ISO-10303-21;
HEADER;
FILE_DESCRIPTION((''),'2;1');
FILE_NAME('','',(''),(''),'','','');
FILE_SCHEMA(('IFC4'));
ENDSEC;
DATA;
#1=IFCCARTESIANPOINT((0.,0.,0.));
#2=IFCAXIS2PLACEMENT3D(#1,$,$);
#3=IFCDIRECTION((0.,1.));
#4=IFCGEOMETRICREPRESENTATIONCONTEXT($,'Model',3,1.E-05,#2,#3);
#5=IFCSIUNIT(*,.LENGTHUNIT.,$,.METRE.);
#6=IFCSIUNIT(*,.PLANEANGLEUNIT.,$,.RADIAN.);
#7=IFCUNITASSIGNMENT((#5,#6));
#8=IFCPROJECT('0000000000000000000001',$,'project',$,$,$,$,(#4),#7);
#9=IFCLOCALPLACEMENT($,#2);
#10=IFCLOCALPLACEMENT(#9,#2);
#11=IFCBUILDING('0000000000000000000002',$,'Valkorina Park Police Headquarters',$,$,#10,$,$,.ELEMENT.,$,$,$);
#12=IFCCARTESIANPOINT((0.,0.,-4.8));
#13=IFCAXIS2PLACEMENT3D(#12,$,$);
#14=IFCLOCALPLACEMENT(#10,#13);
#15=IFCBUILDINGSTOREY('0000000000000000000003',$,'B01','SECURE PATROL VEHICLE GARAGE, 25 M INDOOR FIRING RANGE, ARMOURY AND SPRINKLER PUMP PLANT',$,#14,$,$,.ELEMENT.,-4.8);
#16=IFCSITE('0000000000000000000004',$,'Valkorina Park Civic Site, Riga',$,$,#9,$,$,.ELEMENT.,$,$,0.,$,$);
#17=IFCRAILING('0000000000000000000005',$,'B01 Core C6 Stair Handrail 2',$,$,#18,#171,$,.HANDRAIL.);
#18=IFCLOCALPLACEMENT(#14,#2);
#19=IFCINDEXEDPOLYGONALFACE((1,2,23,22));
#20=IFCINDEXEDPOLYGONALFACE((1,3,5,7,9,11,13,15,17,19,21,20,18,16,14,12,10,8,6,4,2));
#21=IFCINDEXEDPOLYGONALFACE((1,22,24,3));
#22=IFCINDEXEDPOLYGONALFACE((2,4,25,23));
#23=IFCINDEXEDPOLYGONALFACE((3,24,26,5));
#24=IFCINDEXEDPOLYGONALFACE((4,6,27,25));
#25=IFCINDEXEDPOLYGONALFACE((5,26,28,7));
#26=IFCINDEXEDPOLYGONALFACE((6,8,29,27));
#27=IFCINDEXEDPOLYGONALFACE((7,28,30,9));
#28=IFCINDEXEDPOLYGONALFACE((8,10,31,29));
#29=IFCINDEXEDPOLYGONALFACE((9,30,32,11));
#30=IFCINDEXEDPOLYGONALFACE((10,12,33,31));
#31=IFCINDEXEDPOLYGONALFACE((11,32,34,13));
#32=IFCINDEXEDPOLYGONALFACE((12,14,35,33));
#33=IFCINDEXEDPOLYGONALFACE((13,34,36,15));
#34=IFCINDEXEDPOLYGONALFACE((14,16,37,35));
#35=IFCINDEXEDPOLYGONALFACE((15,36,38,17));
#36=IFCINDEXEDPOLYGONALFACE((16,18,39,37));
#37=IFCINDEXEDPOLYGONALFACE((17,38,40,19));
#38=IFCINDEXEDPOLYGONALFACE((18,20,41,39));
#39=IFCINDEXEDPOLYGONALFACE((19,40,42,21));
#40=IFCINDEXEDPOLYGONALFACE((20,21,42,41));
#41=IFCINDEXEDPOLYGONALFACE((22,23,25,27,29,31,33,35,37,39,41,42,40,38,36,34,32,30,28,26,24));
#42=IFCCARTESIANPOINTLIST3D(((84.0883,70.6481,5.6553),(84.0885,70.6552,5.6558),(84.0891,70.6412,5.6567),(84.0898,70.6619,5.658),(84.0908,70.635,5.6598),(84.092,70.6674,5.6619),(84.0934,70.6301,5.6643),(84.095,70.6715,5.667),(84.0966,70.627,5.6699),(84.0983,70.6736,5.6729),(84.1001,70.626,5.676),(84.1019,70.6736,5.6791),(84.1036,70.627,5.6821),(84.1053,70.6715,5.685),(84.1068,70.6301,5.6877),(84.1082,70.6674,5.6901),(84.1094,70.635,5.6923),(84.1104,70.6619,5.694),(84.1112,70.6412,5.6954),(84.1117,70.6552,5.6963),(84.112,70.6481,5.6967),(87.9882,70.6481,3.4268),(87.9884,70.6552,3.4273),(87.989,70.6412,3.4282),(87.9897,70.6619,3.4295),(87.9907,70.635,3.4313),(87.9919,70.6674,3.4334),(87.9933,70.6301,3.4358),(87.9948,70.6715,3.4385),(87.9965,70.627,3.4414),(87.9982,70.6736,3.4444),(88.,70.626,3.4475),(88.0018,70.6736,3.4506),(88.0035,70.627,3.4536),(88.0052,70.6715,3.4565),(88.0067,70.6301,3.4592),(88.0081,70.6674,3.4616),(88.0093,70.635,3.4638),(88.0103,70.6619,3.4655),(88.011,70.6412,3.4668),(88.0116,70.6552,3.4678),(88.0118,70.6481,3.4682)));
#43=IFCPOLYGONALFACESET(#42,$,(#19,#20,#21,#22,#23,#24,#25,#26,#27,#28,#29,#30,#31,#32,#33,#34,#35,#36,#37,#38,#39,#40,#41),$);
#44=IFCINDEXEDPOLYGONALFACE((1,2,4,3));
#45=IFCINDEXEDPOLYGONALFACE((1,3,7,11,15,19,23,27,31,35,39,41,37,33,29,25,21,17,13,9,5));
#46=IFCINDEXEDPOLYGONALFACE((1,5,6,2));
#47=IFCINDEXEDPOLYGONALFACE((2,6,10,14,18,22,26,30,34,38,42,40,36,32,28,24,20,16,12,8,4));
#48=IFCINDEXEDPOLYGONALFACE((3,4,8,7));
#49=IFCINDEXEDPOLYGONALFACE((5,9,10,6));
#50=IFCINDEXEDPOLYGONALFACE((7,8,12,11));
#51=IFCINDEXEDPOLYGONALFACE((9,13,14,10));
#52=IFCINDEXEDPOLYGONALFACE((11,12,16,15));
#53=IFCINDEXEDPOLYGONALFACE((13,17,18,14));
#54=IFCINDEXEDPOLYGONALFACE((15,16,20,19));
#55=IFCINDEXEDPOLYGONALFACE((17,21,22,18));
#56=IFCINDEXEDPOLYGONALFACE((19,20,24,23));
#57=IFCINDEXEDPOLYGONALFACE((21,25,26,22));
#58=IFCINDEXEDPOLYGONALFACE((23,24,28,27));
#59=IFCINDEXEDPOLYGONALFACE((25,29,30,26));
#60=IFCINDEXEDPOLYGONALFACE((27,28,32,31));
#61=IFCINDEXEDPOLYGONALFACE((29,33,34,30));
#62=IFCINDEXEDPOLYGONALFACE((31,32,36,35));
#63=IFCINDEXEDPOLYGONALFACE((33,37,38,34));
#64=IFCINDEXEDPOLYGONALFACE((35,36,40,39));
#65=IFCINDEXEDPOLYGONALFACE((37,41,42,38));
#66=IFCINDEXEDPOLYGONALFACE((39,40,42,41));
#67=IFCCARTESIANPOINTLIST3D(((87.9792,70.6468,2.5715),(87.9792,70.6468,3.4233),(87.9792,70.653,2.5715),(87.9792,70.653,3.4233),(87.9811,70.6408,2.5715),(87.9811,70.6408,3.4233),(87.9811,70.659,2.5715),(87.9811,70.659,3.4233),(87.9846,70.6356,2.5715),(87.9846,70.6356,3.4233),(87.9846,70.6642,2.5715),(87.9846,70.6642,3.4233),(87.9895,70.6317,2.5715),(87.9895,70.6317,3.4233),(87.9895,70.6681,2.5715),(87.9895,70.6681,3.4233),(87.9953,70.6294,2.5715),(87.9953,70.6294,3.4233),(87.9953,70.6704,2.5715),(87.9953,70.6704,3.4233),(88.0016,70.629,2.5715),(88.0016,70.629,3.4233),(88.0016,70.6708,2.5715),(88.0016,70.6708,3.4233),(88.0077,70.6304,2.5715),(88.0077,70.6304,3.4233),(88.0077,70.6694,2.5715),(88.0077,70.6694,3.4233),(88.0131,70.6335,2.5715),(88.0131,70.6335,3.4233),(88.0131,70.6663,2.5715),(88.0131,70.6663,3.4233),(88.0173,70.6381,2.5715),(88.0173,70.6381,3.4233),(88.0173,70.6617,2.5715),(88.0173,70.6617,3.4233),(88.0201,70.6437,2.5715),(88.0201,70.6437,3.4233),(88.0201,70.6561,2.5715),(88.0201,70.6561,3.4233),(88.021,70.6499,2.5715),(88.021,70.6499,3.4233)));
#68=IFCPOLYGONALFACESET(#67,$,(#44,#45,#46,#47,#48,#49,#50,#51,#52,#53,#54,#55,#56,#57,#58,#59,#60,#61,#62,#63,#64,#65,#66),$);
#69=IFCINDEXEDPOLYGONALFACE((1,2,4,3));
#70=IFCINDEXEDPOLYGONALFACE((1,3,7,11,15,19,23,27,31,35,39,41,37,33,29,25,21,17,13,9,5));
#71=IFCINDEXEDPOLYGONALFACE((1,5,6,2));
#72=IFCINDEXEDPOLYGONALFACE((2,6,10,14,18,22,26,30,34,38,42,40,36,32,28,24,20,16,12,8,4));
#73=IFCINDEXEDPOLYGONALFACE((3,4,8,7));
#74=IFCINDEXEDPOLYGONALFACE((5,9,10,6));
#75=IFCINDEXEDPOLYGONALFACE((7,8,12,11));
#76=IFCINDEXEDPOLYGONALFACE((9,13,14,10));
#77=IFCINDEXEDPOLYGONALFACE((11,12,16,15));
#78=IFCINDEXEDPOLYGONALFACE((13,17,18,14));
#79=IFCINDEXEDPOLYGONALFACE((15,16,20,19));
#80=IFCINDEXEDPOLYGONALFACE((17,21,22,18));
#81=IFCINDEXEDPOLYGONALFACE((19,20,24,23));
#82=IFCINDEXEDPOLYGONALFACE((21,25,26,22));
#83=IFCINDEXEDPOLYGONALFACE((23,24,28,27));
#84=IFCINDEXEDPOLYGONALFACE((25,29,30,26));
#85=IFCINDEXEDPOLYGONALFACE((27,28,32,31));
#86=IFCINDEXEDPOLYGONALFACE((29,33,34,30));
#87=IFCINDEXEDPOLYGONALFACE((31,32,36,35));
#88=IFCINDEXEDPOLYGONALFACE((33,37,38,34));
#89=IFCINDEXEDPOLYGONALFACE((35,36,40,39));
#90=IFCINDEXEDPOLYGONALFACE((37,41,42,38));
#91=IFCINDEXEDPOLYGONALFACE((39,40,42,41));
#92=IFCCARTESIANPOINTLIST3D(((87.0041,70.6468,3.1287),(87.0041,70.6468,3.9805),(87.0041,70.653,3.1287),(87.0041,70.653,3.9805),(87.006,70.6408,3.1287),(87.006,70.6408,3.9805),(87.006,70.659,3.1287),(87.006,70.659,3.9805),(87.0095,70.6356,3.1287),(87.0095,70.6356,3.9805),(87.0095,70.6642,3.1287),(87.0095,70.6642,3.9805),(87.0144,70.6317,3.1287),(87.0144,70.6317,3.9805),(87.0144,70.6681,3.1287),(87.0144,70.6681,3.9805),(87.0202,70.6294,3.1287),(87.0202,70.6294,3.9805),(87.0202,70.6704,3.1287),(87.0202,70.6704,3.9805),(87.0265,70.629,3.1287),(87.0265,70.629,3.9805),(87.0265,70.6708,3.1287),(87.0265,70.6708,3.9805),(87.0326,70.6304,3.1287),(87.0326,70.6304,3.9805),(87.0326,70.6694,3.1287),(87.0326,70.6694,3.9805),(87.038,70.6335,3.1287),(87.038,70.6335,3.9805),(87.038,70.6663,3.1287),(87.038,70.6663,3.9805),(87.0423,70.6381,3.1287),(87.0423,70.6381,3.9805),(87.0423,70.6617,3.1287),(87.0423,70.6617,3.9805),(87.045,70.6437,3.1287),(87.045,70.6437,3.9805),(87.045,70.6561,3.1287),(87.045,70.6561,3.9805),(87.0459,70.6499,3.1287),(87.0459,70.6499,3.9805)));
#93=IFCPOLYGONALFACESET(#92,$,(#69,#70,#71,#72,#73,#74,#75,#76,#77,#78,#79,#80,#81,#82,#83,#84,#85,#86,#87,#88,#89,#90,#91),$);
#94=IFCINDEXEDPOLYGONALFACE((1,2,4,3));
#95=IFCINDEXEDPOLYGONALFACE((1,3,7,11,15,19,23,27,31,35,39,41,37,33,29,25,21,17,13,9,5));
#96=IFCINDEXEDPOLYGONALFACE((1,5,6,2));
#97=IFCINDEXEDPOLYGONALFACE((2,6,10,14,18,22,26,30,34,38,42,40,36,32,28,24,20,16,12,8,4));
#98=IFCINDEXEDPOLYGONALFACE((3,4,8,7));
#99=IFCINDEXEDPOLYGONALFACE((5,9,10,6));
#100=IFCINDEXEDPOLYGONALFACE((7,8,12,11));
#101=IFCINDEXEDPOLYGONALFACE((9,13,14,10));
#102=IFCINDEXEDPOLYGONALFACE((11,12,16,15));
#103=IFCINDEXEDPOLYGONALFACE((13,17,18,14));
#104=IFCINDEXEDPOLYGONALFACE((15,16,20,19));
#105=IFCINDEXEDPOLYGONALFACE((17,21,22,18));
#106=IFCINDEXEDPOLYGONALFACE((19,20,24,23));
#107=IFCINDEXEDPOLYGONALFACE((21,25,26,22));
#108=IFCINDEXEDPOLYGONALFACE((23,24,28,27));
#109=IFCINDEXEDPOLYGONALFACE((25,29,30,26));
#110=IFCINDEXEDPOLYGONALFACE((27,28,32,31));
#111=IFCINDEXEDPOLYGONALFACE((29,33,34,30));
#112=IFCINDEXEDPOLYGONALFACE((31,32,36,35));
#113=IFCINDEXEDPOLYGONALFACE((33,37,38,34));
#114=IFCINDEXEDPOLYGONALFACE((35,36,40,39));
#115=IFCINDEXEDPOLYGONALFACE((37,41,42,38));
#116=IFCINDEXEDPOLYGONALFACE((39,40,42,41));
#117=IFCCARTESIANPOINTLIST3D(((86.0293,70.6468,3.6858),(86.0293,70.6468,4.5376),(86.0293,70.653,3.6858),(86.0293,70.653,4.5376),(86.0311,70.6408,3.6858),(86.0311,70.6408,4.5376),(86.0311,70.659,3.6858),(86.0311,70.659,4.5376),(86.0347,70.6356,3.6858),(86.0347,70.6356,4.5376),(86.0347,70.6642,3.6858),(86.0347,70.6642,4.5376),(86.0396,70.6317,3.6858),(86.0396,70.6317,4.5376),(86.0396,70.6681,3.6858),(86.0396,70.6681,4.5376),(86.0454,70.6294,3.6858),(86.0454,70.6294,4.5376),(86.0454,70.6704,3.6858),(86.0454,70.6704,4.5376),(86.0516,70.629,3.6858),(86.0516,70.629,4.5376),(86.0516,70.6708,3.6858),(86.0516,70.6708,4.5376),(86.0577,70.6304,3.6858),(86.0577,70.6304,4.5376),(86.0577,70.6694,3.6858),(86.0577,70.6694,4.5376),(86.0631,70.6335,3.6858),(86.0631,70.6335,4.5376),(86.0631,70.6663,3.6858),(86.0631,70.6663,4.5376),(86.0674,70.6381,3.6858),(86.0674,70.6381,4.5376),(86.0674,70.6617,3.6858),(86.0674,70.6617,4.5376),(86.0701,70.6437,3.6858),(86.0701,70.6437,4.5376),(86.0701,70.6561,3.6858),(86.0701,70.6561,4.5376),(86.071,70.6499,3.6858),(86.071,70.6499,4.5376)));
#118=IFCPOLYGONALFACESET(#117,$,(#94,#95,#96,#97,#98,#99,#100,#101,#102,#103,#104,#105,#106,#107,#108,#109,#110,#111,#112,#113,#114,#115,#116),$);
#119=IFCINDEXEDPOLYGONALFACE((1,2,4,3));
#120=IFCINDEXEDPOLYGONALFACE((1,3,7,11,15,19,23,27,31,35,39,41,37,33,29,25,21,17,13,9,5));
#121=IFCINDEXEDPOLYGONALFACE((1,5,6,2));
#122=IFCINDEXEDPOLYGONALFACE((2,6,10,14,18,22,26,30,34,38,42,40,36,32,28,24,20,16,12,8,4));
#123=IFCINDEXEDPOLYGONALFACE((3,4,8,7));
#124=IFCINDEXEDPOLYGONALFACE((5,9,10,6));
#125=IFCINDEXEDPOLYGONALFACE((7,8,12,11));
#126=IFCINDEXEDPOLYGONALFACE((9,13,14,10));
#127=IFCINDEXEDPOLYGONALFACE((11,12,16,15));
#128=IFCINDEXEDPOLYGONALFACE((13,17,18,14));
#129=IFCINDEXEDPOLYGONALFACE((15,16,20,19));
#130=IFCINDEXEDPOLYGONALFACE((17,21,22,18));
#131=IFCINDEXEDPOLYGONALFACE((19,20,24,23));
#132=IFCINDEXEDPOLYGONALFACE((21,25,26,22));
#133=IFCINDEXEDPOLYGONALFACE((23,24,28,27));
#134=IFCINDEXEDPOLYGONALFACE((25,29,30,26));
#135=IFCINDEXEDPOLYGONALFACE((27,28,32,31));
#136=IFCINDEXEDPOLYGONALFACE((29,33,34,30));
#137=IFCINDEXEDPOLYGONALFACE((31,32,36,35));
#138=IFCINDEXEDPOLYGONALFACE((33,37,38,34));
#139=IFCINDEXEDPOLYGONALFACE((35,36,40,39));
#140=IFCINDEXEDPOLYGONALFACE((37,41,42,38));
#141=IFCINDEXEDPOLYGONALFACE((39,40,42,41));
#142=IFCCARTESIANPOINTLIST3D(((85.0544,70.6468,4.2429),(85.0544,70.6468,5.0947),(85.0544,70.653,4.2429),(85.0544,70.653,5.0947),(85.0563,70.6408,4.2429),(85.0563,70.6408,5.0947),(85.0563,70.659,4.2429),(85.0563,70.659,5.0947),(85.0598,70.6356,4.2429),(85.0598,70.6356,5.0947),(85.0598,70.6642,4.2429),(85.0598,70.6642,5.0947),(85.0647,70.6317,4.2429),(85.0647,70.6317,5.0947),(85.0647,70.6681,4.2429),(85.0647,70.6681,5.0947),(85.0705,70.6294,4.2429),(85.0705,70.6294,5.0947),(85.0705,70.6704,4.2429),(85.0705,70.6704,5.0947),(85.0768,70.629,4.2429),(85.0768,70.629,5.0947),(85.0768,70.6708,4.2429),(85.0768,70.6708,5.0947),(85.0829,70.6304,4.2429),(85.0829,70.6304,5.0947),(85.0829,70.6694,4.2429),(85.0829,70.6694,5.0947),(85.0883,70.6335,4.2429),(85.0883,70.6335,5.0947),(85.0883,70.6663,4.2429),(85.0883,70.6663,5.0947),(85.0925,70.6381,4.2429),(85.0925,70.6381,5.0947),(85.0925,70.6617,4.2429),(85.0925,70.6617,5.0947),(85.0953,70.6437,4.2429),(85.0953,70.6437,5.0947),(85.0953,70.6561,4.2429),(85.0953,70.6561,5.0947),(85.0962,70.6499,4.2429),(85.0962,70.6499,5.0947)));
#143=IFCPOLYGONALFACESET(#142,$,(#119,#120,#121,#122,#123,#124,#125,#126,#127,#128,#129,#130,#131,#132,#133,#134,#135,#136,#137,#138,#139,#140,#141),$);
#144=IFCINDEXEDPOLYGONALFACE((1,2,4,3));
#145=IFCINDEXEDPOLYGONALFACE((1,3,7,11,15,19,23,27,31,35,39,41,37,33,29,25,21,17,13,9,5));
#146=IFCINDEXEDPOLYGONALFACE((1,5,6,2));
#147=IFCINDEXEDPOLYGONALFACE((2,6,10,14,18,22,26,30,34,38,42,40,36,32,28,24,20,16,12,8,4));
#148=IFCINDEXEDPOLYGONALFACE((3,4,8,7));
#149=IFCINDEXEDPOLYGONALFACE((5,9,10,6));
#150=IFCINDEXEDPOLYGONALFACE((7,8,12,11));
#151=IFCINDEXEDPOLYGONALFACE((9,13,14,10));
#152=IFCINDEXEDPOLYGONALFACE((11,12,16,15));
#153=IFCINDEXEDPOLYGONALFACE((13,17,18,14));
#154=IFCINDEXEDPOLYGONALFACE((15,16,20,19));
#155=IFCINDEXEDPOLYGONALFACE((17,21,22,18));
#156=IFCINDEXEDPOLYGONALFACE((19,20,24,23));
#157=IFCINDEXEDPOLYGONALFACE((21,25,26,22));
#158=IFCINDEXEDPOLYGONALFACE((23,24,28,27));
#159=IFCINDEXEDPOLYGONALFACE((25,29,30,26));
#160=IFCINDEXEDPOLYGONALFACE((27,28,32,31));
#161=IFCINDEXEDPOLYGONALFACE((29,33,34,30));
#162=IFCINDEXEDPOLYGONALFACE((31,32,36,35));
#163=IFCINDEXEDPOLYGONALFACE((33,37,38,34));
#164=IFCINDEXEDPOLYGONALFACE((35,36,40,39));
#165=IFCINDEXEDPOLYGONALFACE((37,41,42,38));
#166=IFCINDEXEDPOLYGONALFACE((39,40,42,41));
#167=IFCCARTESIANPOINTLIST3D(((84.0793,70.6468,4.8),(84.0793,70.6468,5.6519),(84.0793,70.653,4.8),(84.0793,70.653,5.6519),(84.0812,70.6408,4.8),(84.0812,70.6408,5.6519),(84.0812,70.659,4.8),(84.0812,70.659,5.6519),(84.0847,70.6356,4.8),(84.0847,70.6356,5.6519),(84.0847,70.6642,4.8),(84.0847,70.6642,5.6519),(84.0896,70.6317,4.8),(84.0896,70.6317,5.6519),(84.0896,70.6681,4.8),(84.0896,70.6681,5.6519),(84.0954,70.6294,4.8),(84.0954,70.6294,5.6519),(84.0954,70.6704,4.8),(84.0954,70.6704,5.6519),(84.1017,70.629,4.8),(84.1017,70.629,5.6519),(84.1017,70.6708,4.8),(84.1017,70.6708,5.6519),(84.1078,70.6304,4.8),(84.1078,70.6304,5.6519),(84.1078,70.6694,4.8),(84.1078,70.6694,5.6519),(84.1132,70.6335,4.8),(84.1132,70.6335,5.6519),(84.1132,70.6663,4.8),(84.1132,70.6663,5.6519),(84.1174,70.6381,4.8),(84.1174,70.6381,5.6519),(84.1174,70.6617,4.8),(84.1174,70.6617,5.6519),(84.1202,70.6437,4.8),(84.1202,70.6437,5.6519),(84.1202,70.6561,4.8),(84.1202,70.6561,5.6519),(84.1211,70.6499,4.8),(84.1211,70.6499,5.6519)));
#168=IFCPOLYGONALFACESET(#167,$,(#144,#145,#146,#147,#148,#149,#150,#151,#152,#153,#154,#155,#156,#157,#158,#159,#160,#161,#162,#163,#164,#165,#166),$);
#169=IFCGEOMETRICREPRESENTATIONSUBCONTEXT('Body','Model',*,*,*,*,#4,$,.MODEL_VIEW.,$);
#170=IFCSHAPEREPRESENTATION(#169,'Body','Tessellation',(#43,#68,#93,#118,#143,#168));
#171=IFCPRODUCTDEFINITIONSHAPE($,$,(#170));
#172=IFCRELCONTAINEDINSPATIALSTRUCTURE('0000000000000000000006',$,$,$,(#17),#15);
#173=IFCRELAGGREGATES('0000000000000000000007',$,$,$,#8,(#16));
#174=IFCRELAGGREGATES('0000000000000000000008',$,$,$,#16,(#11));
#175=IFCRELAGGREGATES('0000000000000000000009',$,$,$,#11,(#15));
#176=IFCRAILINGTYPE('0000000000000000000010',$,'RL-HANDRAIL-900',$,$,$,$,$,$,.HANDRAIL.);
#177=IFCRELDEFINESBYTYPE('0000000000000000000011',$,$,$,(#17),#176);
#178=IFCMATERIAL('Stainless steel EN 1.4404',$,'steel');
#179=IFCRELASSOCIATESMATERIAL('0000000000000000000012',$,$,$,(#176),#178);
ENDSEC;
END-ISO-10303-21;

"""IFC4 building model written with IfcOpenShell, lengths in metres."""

from ifc_helpers import new_model, si_unit, direction, frame, origin, origin_2d, place, context, subcontext, project, spatial, circle, extrude, material, type_object, element, save


model = new_model("IFC4")

# Units and contexts
model_context = context("Model", 3, precision=1e-05, world=origin(), true_north=direction((0.0, 1.0)))
body_context = subcontext(model_context, "Body", "Model", "MODEL_VIEW")
ifc_project = project(units=[si_unit("LENGTHUNIT", "METRE"), si_unit("PLANEANGLEUNIT", "RADIAN")], contexts=[model_context])

# Site, building, storey
site_placement = place(None, origin())
site = spatial("IfcSite", under=ifc_project, at=site_placement, Name="Valkorina Park Civic Site, Riga", CompositionType="ELEMENT", RefElevation=0.0)
building_placement = place(site_placement, origin())
building = spatial("IfcBuilding", under=site, at=building_placement, Name="Valkorina Park Police Headquarters", CompositionType="ELEMENT")
storey_placement = place(building_placement, frame((0.0, 0.0, -4.8)))
storey = spatial("IfcBuildingStorey", under=building, at=storey_placement, Name="B01", Description="SECURE PATROL VEHICLE GARAGE, 25 M INDOOR FIRING RANGE, ARMOURY AND SPRINKLER PUMP PLANT", CompositionType="ELEMENT", Elevation=-4.8)

# Railing
ifc_material_1 = material(Name="Stainless steel EN 1.4404", Category="steel")
railing_type_1 = type_object("IfcRailingType", Name="RL-HANDRAIL-900", PredefinedType="HANDRAIL", material=ifc_material_1)
railing_1_placement = place(storey_placement, frame((88.0, 70.6499, 2.5715)))
element("IfcRailing", 1, at=railing_1_placement, inside=storey, type_object=railing_type_1, Name="B01 Core C6 Stair Handrail 2", PredefinedType="HANDRAIL", context=body_context, shape_type="SweptSolid", body=[
    extrude(circle(Radius=0.0239, at=origin_2d()), frame((0.0, 0.0, 0.876), z_axis=(-0.868243, 0.0, 0.496139), x_axis=(0.0, -1.0, 0.0)), (0.0, 0.0, 1.0), 4.4917),
    extrude(circle(Radius=0.021, at=origin_2d()), origin(), (0.0, 0.0, 1.0), 0.8518),
    extrude(circle(Radius=0.021, at=origin_2d()), frame((-0.9751, 0.0, 0.5571)), (0.0, 0.0, 1.0), 0.8518),
    extrude(circle(Radius=0.021, at=origin_2d()), frame((-1.95, 0.0, 1.1143)), (0.0, 0.0, 1.0), 0.8518),
    extrude(circle(Radius=0.021, at=origin_2d()), frame((-2.9248, 0.0, 1.6714)), (0.0, 0.0, 1.0), 0.8518),
    extrude(circle(Radius=0.021, at=origin_2d()), frame((-3.8999, 0.0, 2.2285)), (0.0, 0.0, 1.0), 0.8518),
])

save(model, "model.ifc")
